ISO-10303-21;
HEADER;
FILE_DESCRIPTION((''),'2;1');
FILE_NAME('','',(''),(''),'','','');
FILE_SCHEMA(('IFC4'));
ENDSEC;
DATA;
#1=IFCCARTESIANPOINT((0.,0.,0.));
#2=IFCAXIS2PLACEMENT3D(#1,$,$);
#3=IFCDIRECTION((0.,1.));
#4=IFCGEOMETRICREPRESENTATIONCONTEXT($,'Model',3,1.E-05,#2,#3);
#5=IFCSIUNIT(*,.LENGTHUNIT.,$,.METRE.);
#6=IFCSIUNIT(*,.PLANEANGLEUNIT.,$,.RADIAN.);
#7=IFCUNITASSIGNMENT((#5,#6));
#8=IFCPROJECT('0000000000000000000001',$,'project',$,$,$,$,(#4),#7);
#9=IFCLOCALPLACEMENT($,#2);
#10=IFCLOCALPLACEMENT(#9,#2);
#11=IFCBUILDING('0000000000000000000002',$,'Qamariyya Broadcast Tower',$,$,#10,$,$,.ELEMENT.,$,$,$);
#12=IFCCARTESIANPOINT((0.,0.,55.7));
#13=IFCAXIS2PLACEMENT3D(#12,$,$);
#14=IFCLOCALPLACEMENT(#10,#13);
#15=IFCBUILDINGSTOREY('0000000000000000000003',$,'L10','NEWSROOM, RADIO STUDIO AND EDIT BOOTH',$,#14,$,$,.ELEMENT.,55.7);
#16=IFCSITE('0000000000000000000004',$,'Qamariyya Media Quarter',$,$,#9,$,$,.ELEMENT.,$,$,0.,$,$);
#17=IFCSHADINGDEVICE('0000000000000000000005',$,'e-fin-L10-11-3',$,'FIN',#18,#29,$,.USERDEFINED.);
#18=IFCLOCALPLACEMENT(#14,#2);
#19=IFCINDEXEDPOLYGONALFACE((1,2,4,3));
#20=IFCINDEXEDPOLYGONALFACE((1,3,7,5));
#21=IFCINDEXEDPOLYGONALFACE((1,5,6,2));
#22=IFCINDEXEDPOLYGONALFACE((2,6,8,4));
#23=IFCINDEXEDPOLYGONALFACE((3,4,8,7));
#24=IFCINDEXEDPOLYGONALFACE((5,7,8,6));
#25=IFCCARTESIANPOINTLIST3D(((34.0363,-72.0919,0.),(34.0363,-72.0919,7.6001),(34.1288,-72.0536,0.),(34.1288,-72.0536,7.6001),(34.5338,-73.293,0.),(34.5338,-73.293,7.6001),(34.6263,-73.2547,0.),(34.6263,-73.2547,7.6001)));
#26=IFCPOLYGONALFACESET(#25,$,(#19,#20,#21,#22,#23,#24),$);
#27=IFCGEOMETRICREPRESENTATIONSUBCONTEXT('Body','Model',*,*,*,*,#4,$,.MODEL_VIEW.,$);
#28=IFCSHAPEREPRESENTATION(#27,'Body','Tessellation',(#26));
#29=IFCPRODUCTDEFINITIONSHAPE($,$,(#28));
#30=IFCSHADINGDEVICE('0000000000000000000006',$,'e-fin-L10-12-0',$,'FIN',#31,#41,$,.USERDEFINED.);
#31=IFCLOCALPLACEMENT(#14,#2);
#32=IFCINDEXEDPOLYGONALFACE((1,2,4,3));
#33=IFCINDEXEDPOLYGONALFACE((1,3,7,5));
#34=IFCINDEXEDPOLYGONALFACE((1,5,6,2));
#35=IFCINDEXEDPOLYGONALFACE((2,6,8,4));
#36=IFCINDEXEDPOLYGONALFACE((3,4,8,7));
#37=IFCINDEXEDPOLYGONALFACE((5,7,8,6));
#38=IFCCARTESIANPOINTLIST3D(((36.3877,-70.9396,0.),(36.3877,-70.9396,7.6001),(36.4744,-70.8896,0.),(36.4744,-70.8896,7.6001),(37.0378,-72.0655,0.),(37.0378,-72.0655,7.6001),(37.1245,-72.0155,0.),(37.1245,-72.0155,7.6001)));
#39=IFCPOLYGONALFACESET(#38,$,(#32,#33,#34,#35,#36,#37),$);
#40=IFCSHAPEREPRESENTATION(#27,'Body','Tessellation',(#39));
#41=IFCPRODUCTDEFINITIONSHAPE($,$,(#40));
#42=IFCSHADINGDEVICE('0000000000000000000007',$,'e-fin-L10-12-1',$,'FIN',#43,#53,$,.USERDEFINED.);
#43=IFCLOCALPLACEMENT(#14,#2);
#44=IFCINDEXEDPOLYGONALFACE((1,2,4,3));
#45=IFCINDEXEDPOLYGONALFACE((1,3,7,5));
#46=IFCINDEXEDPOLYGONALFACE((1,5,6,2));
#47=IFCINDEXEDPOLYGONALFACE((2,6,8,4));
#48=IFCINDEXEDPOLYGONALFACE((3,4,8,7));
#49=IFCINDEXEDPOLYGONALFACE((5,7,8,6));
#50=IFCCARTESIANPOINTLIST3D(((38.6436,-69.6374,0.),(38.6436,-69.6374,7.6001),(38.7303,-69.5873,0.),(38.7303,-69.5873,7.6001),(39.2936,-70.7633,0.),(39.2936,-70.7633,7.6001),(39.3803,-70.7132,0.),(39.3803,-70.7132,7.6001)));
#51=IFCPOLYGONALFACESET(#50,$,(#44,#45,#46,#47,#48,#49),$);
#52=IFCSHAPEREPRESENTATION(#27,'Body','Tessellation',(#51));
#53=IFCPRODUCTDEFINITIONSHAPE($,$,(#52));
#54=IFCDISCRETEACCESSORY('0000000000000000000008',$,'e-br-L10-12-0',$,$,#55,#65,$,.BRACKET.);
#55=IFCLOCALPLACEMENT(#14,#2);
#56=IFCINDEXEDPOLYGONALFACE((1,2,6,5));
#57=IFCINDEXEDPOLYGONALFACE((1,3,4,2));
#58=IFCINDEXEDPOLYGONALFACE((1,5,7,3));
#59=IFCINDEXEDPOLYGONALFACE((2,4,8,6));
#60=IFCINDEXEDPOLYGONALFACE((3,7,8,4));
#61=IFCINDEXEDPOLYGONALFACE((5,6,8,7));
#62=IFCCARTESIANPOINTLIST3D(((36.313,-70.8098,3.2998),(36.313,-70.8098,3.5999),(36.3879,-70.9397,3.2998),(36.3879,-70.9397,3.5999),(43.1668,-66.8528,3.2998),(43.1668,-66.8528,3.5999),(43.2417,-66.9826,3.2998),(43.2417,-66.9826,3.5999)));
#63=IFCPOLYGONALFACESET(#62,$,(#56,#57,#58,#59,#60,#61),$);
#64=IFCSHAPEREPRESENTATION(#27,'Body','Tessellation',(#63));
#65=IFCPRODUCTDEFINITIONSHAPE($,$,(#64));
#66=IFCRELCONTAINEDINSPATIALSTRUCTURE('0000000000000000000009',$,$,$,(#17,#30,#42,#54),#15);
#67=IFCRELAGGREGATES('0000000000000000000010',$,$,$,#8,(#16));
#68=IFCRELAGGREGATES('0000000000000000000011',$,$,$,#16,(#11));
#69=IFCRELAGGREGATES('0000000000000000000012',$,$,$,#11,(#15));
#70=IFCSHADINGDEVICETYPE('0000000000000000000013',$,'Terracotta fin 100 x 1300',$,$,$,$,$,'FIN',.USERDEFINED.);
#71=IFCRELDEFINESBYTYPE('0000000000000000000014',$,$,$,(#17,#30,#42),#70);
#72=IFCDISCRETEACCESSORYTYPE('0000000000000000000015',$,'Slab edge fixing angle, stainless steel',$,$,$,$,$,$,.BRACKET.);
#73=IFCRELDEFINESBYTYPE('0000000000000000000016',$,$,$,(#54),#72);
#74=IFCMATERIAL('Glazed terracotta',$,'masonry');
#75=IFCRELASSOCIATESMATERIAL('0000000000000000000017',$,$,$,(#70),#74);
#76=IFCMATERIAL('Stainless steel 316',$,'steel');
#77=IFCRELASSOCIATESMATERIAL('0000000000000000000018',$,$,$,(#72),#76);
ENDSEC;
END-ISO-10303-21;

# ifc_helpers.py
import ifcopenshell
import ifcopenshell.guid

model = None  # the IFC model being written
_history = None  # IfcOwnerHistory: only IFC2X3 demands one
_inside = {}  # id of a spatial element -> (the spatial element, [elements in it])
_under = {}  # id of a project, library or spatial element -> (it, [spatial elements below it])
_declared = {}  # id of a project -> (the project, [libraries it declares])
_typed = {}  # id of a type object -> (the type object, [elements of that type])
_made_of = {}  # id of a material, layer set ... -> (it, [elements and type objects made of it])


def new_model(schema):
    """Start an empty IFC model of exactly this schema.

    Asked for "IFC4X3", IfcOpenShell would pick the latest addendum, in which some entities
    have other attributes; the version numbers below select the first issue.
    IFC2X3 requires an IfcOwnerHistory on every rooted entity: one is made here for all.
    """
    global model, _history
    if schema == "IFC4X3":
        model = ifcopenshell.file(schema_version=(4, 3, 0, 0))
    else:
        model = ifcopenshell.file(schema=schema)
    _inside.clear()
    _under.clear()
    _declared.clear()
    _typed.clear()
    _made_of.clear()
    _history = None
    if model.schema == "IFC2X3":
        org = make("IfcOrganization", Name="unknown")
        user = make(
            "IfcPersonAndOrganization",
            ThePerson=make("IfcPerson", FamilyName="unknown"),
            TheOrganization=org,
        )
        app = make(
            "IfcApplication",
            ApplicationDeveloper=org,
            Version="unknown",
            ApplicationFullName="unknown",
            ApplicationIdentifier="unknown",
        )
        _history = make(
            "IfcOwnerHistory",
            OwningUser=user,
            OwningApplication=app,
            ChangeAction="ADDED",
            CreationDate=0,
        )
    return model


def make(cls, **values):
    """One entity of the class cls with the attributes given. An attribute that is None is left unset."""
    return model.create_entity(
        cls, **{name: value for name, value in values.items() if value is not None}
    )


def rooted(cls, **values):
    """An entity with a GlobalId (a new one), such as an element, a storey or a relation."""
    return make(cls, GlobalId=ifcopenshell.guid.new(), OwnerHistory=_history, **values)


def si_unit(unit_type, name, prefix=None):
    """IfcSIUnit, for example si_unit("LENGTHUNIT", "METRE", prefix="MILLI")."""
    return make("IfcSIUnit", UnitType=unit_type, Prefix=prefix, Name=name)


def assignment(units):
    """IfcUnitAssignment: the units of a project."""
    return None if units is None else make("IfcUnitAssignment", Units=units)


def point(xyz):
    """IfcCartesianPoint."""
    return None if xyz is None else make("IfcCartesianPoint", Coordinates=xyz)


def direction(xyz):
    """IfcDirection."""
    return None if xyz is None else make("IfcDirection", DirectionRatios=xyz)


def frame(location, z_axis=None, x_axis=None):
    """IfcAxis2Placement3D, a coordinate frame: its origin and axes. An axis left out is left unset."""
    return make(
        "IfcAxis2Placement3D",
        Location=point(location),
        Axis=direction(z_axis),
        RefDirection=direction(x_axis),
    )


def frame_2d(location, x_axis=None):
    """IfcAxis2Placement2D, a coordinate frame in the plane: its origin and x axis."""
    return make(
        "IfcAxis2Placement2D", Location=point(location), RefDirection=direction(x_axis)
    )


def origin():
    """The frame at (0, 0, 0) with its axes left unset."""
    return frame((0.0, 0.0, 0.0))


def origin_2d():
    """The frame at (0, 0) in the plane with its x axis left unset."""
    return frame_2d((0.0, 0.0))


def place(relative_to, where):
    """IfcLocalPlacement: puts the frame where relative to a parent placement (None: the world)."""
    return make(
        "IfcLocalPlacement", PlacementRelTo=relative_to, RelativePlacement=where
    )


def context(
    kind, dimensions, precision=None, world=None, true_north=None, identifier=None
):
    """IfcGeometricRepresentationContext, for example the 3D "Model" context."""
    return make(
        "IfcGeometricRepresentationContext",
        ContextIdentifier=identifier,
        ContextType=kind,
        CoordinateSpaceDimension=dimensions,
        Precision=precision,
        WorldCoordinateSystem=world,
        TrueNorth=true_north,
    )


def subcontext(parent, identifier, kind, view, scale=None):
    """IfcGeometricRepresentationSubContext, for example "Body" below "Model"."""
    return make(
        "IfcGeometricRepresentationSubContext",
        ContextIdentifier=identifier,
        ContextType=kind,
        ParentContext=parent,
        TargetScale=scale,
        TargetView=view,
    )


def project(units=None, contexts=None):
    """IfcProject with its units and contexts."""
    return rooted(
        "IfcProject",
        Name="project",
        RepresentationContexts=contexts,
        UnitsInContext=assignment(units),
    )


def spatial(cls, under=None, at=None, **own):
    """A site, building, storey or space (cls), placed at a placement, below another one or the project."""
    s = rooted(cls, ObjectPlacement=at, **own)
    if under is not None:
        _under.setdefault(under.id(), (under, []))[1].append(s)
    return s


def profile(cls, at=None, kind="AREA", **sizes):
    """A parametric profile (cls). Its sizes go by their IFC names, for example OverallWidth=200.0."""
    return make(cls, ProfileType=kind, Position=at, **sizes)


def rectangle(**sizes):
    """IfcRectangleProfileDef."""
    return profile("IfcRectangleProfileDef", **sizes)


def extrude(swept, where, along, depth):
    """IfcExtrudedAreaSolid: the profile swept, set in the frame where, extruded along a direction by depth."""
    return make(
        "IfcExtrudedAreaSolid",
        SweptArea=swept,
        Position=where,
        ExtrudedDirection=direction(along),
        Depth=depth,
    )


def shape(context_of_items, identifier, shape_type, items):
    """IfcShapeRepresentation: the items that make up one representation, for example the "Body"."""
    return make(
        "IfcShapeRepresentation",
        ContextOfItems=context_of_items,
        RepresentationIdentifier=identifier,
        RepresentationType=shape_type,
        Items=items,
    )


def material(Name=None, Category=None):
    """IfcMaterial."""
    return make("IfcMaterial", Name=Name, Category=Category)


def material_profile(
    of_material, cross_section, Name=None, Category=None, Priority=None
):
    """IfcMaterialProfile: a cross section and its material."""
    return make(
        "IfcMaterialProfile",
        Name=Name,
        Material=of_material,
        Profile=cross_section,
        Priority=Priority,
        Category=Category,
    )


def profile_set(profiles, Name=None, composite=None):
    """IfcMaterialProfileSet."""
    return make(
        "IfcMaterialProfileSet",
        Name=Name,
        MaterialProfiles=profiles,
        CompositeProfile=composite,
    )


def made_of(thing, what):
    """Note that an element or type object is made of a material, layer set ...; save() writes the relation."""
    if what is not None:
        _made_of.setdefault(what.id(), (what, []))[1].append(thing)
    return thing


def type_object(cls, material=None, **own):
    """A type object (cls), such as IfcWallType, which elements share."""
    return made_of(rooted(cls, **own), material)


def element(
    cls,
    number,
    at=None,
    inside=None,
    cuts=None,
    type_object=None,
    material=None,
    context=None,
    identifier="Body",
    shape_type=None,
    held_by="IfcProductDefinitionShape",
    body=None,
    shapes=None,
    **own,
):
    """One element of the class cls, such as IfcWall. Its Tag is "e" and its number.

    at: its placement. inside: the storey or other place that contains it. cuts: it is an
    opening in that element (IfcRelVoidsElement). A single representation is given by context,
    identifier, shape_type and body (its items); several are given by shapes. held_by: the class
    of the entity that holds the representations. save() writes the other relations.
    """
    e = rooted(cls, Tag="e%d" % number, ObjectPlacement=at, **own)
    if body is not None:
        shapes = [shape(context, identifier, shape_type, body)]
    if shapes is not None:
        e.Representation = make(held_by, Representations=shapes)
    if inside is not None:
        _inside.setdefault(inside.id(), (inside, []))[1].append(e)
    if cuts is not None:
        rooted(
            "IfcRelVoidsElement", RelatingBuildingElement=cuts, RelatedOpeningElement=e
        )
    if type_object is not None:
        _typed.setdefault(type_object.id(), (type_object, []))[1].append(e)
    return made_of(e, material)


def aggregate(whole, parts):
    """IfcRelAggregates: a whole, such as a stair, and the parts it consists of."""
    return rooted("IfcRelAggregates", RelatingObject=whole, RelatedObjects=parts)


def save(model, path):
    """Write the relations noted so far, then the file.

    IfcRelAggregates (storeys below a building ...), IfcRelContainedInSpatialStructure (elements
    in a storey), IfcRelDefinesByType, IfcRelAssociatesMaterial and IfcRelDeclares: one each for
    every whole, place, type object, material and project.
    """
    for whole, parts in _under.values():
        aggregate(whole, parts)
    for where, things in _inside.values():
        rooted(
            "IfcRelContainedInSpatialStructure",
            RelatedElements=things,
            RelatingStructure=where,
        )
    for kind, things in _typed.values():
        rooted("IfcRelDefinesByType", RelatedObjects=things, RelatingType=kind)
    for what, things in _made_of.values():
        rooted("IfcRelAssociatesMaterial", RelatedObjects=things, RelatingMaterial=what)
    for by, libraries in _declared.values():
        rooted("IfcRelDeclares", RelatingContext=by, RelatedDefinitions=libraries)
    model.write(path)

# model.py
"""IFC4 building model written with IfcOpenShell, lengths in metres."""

from ifc_helpers import new_model, si_unit, direction, frame, origin, origin_2d, place, context, subcontext, project, spatial, rectangle, extrude, material, material_profile, profile_set, type_object, element, save


model = new_model("IFC4")

# Units and contexts
model_context = context("Model", 3, precision=1e-05, world=origin(), true_north=direction((0.0, 1.0)))
body_context = subcontext(model_context, "Body", "Model", "MODEL_VIEW")
ifc_project = project(units=[si_unit("LENGTHUNIT", "METRE"), si_unit("PLANEANGLEUNIT", "RADIAN")], contexts=[model_context])

# Site, building, storey
site_placement = place(None, origin())
site = spatial("IfcSite", under=ifc_project, at=site_placement, Name="Qamariyya Media Quarter", CompositionType="ELEMENT", RefElevation=0.0)
building_placement = place(site_placement, origin())
building = spatial("IfcBuilding", under=site, at=building_placement, Name="Qamariyya Broadcast Tower", CompositionType="ELEMENT")
storey_placement = place(building_placement, frame((0.0, 0.0, 55.7)))
storey = spatial("IfcBuildingStorey", under=building, at=storey_placement, Name="L10", Description="NEWSROOM, RADIO STUDIO AND EDIT BOOTH", CompositionType="ELEMENT", Elevation=55.7)

# Shading devices
ifc_material_1 = material(Name="Glazed terracotta", Category="masonry")
ifc_material_profile_1 = material_profile(ifc_material_1, rectangle(XDim=1.3, YDim=0.1001, at=origin_2d()))
ifc_profile_set_1 = profile_set([ifc_material_profile_1], Name="Glazed terracotta")
shading_device_type_1 = type_object("IfcShadingDeviceType", Name="Terracotta fin 100 x 1300", ElementType="FIN", PredefinedType="USERDEFINED", material=ifc_profile_set_1)
for number, where, z_axis, x_axis, name in (
    (1, (34.3313, -72.6733, 0.0), (0.0, 0.0, 1.0), (0.382683, -0.92388, 0.0), "e-fin-L10-11-3"),
    (2, (36.7561, -71.4775, 0.0), (0.0, 0.0, 1.0), (0.5, -0.866025, 0.0), "e-fin-L10-12-0"),
    (3, (39.012, -70.1753, 0.0), (0.0, 0.0, 1.0), (0.5, -0.866025, 0.0), "e-fin-L10-12-1"),
):
    element("IfcShadingDevice", number, at=place(storey_placement, frame(where, z_axis=z_axis, x_axis=x_axis)), inside=storey, type_object=shading_device_type_1, Name=name, ObjectType="FIN", PredefinedType="USERDEFINED", context=body_context, shape_type="SweptSolid", body=[
        extrude(rectangle(XDim=1.3, YDim=0.1001, at=origin_2d()), origin(), (0.0, 0.0, 1.0), 7.6001),
    ])

# Discrete accessory
ifc_material_2 = material(Name="Stainless steel 316", Category="steel")
discrete_accessory_type = type_object("IfcDiscreteAccessoryType", Name="Slab edge fixing angle, stainless steel", PredefinedType="BRACKET", material=ifc_material_2)
discrete_accessory_placement = place(storey_placement, frame((39.7773, -68.8962, 3.2998), z_axis=(0.0, 0.0, 1.0), x_axis=(0.866025, 0.5, 0.0)))
element("IfcDiscreteAccessory", 4, at=discrete_accessory_placement, inside=storey, type_object=discrete_accessory_type, Name="e-br-L10-12-0", PredefinedType="BRACKET", context=body_context, shape_type="SweptSolid", body=[
    extrude(rectangle(XDim=7.9141, YDim=0.1499, at=origin_2d()), origin(), (0.0, 0.0, 1.0), 0.3),
])

save(model, "model.ifc")
